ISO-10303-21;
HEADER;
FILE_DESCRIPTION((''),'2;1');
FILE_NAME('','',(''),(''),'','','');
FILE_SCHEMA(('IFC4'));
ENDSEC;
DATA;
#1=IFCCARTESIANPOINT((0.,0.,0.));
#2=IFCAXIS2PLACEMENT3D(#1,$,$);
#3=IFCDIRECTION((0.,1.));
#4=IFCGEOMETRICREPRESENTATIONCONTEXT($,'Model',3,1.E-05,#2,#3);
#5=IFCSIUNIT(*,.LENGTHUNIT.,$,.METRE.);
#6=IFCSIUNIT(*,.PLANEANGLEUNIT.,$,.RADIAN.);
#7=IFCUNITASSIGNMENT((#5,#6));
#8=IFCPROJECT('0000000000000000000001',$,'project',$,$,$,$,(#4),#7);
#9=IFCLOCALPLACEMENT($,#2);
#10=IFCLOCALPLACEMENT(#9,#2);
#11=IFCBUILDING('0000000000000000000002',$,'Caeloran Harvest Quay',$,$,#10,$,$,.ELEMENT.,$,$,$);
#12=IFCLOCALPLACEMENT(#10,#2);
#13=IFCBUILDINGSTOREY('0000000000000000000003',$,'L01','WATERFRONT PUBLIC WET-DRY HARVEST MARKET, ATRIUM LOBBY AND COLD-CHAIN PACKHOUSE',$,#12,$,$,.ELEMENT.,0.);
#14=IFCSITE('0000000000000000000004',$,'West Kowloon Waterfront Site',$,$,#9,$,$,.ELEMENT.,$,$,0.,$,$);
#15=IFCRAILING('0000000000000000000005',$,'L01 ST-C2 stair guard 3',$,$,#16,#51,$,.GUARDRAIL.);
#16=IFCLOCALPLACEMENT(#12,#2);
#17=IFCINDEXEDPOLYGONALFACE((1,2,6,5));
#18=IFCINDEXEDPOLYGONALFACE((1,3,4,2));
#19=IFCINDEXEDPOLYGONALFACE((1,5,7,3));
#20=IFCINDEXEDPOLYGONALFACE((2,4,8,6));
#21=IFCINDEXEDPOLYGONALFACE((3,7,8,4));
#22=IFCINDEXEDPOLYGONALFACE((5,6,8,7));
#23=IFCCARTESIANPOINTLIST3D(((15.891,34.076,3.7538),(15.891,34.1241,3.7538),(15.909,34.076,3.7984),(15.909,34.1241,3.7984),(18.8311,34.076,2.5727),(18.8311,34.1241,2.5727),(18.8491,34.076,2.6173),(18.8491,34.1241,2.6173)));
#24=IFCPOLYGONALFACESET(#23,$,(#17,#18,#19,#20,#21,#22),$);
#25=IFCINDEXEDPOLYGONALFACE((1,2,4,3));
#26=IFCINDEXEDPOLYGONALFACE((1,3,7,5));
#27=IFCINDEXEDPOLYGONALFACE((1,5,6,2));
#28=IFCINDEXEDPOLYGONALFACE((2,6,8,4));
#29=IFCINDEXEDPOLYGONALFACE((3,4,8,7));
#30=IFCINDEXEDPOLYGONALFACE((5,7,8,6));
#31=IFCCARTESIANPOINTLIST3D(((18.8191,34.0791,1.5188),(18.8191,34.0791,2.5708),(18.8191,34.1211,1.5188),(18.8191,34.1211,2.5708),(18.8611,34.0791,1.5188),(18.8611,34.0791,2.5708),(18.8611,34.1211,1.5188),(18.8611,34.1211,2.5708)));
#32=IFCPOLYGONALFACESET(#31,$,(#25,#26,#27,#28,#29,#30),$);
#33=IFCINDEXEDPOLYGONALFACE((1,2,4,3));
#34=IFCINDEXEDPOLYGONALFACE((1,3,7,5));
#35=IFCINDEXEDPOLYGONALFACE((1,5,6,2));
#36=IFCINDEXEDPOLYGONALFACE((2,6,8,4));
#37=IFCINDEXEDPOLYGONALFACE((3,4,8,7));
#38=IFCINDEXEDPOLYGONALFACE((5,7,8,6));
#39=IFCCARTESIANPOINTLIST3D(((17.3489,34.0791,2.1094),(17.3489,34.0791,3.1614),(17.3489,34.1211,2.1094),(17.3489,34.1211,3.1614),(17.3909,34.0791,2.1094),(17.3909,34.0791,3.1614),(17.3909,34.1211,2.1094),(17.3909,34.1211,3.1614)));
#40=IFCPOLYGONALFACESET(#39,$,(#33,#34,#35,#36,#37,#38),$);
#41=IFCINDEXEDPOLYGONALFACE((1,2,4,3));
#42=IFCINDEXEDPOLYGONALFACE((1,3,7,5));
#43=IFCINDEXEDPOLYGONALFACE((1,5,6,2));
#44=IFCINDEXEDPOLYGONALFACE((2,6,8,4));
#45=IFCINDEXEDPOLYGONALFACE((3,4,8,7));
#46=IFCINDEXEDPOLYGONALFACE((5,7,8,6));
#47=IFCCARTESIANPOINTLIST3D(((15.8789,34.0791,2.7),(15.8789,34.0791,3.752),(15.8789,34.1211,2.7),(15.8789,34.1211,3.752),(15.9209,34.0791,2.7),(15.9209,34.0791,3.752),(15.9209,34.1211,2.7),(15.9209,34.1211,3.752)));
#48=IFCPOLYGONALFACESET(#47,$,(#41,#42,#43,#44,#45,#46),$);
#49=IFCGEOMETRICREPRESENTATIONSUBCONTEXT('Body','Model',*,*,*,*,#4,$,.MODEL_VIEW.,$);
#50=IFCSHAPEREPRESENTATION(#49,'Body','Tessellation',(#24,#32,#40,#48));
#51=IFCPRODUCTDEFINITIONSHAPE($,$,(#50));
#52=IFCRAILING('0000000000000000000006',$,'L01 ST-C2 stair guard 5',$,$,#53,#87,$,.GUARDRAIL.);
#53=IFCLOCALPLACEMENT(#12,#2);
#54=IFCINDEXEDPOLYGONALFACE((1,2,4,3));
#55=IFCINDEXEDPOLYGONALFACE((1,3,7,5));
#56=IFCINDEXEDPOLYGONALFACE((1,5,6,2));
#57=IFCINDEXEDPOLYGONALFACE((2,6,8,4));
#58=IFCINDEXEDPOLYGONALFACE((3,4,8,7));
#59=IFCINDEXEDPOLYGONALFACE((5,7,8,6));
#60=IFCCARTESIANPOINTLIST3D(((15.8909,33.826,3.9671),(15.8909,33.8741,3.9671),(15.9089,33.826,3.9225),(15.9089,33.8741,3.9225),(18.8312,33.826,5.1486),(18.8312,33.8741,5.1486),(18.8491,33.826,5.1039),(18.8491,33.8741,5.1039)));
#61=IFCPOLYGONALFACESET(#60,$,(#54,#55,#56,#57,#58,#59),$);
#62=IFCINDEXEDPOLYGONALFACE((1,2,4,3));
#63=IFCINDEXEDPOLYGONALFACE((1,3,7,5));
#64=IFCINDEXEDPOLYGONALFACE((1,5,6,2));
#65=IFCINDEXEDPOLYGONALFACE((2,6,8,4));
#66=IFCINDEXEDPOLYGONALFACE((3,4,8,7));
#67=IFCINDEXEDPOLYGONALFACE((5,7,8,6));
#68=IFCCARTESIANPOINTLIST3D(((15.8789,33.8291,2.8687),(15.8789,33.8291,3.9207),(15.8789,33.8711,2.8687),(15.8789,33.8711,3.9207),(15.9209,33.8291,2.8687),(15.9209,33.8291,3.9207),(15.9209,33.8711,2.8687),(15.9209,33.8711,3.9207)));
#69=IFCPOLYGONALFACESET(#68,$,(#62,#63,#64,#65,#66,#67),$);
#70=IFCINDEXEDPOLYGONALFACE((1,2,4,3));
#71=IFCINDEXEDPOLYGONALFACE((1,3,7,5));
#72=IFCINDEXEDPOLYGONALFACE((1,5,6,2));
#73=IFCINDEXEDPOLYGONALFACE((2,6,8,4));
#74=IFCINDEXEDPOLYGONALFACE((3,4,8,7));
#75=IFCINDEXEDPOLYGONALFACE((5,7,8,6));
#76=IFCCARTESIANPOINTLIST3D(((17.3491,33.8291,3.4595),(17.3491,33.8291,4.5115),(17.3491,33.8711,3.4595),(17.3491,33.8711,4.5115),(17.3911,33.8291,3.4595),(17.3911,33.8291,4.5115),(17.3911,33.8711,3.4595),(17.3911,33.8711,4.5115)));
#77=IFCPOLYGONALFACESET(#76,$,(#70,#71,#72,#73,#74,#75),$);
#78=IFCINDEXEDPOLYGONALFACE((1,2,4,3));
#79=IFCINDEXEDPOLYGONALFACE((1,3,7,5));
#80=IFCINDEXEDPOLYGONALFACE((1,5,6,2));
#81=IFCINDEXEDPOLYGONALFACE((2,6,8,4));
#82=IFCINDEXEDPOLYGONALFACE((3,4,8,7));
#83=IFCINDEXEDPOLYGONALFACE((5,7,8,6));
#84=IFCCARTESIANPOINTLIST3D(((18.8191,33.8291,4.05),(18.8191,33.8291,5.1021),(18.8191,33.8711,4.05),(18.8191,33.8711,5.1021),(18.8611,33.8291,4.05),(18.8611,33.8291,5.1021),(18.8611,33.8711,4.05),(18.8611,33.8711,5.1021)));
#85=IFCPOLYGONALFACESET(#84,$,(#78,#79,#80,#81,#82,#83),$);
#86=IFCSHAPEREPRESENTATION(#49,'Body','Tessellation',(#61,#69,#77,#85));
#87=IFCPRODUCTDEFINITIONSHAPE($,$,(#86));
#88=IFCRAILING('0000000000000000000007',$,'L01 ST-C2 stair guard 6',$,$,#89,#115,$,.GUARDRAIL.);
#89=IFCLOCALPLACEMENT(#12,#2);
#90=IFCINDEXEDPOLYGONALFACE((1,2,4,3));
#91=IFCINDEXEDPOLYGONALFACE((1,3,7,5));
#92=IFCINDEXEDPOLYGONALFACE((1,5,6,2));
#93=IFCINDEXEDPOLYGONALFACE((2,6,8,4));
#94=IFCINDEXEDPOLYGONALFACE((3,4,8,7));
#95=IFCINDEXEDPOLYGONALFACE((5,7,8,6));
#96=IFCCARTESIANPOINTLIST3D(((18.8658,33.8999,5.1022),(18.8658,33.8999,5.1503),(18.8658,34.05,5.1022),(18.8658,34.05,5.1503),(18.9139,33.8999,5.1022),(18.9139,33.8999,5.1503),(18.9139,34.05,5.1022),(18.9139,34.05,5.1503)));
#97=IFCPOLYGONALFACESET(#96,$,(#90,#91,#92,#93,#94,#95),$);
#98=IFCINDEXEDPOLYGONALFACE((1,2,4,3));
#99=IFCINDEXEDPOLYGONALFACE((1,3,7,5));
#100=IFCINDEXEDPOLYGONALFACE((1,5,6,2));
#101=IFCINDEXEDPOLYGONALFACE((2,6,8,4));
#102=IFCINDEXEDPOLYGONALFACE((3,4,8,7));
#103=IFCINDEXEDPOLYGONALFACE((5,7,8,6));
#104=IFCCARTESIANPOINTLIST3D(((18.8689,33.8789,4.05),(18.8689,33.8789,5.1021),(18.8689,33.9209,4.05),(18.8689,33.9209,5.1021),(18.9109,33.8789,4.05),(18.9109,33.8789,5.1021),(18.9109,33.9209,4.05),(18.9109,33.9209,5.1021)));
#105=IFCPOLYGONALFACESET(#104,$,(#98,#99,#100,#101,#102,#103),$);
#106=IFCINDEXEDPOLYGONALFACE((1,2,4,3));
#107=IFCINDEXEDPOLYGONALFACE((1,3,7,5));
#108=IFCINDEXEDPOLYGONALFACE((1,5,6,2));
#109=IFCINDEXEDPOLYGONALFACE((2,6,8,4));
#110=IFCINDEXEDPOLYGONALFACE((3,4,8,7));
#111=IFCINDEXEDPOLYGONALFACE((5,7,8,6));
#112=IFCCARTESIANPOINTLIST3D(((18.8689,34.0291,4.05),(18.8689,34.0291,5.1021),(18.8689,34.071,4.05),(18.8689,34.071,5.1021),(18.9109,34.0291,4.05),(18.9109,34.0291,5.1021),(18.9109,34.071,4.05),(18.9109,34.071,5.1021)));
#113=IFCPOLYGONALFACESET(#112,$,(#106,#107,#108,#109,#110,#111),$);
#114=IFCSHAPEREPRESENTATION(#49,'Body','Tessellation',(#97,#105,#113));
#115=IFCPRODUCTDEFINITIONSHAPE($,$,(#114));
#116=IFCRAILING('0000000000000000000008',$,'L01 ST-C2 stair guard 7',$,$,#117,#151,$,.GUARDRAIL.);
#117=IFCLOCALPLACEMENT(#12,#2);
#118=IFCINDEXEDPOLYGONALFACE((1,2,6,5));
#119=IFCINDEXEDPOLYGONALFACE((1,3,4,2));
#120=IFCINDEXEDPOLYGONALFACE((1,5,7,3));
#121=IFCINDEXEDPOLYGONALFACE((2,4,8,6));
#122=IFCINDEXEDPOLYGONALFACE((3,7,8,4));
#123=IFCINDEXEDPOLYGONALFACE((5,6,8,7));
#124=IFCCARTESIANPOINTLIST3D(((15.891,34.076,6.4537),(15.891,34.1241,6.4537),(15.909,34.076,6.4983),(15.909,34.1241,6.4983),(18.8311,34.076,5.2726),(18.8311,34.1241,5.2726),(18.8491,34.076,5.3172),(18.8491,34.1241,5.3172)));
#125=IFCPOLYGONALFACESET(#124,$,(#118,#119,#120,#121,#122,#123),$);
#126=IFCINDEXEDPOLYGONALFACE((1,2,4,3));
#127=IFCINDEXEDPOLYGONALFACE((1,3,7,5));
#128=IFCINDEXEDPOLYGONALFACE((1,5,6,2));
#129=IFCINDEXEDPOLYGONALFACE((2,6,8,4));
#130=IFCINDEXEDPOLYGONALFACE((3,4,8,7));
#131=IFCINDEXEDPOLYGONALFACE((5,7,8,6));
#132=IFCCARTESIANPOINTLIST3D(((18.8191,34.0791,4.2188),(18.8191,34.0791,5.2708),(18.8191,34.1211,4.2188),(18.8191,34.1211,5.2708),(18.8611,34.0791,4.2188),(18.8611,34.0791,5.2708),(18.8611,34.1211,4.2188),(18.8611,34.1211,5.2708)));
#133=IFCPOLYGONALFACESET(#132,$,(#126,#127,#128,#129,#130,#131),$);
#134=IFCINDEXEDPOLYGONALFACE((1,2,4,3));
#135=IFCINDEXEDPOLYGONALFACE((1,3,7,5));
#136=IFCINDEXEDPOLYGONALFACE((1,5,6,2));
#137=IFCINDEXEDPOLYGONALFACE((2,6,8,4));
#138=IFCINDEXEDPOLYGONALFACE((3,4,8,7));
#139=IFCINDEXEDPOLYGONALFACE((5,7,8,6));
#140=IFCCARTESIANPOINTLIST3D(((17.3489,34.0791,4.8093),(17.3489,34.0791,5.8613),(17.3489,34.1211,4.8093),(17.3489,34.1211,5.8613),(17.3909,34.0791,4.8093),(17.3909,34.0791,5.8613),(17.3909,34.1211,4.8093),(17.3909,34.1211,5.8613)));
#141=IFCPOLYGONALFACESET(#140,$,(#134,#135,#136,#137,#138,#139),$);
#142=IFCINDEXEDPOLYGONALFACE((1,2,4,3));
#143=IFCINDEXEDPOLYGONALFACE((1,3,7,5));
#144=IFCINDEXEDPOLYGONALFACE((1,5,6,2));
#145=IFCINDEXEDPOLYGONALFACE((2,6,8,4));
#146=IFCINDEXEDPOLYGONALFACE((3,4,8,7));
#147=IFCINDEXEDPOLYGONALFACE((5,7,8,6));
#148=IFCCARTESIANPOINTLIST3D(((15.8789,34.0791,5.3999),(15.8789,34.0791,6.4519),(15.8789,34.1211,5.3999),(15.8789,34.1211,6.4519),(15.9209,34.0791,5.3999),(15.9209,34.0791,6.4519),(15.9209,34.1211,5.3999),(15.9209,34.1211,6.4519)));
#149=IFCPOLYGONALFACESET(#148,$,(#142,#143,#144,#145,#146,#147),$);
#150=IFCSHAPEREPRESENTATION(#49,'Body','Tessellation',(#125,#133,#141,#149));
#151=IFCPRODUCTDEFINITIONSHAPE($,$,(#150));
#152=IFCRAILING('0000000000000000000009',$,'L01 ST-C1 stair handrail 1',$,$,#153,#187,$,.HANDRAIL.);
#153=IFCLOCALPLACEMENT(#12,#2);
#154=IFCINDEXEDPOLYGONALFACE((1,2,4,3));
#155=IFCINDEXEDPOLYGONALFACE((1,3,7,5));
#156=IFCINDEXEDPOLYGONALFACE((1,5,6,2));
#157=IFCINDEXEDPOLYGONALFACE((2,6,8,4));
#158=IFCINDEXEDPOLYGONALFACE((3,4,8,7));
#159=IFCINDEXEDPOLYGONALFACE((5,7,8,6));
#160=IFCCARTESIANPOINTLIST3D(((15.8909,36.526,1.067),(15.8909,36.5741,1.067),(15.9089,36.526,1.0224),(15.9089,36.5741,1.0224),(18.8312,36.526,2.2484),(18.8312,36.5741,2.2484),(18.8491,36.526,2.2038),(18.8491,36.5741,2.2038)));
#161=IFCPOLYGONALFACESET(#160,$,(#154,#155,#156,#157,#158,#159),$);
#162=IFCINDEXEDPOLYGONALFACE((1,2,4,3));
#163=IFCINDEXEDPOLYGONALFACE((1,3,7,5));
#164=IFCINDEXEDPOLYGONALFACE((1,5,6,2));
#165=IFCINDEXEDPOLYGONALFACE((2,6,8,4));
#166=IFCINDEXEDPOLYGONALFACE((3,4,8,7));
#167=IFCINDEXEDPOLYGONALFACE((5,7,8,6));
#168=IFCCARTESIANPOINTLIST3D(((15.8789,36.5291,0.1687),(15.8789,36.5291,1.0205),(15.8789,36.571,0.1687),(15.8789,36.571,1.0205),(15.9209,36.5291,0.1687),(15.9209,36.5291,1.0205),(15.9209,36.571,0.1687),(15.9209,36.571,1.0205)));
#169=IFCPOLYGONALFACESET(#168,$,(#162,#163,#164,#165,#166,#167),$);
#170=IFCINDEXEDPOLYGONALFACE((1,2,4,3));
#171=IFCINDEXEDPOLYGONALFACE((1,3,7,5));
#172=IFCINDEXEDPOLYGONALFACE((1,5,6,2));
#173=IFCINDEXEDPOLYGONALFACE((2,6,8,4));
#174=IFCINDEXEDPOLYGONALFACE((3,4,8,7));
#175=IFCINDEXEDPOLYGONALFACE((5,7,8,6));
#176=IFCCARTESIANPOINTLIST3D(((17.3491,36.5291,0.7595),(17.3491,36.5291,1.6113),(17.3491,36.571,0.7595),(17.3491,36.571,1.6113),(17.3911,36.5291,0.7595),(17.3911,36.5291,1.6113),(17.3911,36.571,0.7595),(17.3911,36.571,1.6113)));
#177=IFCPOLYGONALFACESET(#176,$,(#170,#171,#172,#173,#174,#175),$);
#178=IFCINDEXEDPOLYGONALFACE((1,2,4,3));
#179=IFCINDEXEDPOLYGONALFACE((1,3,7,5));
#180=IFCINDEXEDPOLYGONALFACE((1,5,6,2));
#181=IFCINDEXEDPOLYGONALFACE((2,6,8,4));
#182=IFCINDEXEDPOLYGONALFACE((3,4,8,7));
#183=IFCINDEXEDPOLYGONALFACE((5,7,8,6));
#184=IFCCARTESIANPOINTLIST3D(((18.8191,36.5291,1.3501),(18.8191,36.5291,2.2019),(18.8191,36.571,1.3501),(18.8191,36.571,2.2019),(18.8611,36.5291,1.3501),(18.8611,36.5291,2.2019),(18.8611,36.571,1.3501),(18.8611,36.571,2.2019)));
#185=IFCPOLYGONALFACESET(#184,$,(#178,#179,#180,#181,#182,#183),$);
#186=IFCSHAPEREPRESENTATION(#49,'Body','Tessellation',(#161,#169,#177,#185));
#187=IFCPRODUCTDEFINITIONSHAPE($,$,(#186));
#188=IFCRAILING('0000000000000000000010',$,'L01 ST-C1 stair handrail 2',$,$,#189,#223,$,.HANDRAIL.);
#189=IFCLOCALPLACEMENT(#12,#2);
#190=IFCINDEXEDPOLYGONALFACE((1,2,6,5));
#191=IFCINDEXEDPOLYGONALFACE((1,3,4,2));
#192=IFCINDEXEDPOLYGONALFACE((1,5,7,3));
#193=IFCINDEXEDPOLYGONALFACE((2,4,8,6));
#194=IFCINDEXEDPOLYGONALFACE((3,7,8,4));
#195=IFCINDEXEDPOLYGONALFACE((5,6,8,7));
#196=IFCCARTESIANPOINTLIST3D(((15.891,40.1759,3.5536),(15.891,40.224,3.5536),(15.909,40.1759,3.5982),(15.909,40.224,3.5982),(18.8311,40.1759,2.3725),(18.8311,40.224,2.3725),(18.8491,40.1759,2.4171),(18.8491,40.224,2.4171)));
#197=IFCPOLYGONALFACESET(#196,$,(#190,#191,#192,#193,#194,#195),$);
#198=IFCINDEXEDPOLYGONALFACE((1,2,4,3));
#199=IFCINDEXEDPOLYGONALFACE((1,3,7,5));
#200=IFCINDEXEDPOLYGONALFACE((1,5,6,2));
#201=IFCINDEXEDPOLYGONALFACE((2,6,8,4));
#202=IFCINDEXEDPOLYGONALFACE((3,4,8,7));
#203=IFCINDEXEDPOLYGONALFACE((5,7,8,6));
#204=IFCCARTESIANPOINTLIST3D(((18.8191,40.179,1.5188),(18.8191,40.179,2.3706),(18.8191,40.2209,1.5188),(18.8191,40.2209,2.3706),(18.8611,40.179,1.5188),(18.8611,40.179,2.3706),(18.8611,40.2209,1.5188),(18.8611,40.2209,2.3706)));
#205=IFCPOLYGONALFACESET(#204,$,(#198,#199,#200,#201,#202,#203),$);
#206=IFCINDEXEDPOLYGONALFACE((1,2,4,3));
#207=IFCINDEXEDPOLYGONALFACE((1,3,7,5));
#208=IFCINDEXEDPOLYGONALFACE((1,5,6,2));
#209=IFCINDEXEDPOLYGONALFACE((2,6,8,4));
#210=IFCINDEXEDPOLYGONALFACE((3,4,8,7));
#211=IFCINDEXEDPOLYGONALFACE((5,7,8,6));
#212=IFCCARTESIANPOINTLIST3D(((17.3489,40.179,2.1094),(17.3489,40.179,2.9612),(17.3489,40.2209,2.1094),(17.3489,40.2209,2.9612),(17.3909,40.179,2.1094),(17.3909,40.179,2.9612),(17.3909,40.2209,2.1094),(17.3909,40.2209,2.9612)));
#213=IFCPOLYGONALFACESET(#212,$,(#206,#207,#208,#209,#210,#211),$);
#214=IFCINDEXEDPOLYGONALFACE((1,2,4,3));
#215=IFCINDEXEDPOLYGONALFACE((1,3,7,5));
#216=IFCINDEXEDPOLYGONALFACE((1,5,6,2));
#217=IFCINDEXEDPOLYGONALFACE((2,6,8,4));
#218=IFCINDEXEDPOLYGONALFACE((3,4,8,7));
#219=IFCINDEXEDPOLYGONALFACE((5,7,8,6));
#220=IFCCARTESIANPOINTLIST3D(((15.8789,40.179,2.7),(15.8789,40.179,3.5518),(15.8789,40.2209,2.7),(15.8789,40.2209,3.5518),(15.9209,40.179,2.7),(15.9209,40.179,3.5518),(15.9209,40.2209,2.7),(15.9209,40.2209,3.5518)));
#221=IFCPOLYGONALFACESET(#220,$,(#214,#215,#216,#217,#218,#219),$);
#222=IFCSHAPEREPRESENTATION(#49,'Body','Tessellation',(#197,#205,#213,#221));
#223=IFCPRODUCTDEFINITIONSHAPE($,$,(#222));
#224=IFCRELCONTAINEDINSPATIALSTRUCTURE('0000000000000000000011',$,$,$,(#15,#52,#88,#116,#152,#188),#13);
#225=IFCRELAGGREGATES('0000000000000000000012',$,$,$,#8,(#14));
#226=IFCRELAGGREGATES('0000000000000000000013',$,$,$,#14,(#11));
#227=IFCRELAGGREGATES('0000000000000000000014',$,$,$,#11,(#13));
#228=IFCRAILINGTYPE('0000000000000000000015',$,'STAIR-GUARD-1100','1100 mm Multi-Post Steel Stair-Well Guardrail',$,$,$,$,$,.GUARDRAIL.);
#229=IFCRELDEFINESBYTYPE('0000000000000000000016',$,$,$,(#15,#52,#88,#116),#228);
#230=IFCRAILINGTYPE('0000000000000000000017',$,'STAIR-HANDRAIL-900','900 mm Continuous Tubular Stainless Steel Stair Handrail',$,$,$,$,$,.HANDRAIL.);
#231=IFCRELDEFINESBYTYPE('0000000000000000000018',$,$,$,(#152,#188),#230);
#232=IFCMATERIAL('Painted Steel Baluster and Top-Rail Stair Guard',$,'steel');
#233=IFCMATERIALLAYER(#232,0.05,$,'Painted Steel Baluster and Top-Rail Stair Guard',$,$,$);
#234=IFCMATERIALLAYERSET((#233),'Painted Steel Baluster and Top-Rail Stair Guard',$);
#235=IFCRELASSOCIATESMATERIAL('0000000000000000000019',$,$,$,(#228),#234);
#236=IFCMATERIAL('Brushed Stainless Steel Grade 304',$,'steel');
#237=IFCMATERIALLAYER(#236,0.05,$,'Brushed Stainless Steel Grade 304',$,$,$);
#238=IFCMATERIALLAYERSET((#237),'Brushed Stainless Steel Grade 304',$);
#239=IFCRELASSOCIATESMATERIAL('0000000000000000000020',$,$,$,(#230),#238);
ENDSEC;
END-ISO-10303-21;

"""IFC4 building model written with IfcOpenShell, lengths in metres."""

from ifc_helpers import new_model, si_unit, direction, frame, origin, origin_2d, place, context, subcontext, project, spatial, rectangle, extrude, material, layer, layer_set, type_object, element, save


model = new_model("IFC4")

# Units and contexts
model_context = context("Model", 3, precision=1e-05, world=origin(), true_north=direction((0.0, 1.0)))
body_context = subcontext(model_context, "Body", "Model", "MODEL_VIEW")
ifc_project = project(units=[si_unit("LENGTHUNIT", "METRE"), si_unit("PLANEANGLEUNIT", "RADIAN")], contexts=[model_context])

# Site, building, storey
site_placement = place(None, origin())
site = spatial("IfcSite", under=ifc_project, at=site_placement, Name="West Kowloon Waterfront Site", CompositionType="ELEMENT", RefElevation=0.0)
building_placement = place(site_placement, origin())
building = spatial("IfcBuilding", under=site, at=building_placement, Name="Caeloran Harvest Quay", CompositionType="ELEMENT")
storey_placement = place(building_placement, origin())
storey = spatial("IfcBuildingStorey", under=building, at=storey_placement, Name="L01", Description="WATERFRONT PUBLIC WET-DRY HARVEST MARKET, ATRIUM LOBBY AND COLD-CHAIN PACKHOUSE", CompositionType="ELEMENT", Elevation=0.0)

# Railings
ifc_material_1 = material(Name="Painted Steel Baluster and Top-Rail Stair Guard", Category="steel")
ifc_layer_1 = layer(ifc_material_1, 0.05, Name="Painted Steel Baluster and Top-Rail Stair Guard")
ifc_layer_set_1 = layer_set([ifc_layer_1], Name="Painted Steel Baluster and Top-Rail Stair Guard")
railing_type_1 = type_object("IfcRailingType", Name="STAIR-GUARD-1100", Description="1100 mm Multi-Post Steel Stair-Well Guardrail", PredefinedType="GUARDRAIL", material=ifc_layer_set_1)
railing_1_placement = place(storey_placement, frame((18.8401, 34.1001, 1.5188)))
element("IfcRailing", 1, at=railing_1_placement, inside=storey, type_object=railing_type_1, Name="L01 ST-C2 stair guard 3", PredefinedType="GUARDRAIL", context=body_context, shape_type="SweptSolid", body=[
    extrude(rectangle(XDim=0.0481, YDim=0.0481, at=origin_2d()), frame((0.0, 0.0, 1.0762), z_axis=(-0.927923, 0.0, 0.372772), x_axis=(0.0, -1.0, 0.0)), (0.0, 0.0, 1.0), 3.1685),
    extrude(rectangle(XDim=0.042, YDim=0.042, at=origin_2d()), origin(), (0.0, 0.0, 1.0), 1.052),
    extrude(rectangle(XDim=0.042, YDim=0.042, at=origin_2d()), frame((-1.4702, 0.0, 0.5906)), (0.0, 0.0, 1.0), 1.052),
    extrude(rectangle(XDim=0.042, YDim=0.042, at=origin_2d()), frame((-2.9402, 0.0, 1.1812)), (0.0, 0.0, 1.0), 1.052),
])
railing_2_placement = place(storey_placement, frame((15.8999, 33.8501, 2.8687)))
element("IfcRailing", 2, at=railing_2_placement, inside=storey, type_object=railing_type_1, Name="L01 ST-C2 stair guard 5", PredefinedType="GUARDRAIL", context=body_context, shape_type="SweptSolid", body=[
    extrude(rectangle(XDim=0.0481, YDim=0.0481, at=origin_2d()), frame((0.0, 0.0, 1.0762), z_axis=(0.927896, 0.0, 0.372838), x_axis=(0.0, 1.0, 0.0)), (0.0, 0.0, 1.0), 3.1687),
    extrude(rectangle(XDim=0.042, YDim=0.042, at=origin_2d()), origin(), (0.0, 0.0, 1.0), 1.052),
    extrude(rectangle(XDim=0.042, YDim=0.042, at=origin_2d()), frame((1.4702, 0.0, 0.5908)), (0.0, 0.0, 1.0), 1.052),
    extrude(rectangle(XDim=0.042, YDim=0.042, at=origin_2d()), frame((2.9402, 0.0, 1.1814)), (0.0, 0.0, 1.0), 1.052),
])
railing_3_placement = place(storey_placement, frame((18.8899, 33.8999, 4.05)))
element("IfcRailing", 3, at=railing_3_placement, inside=storey, type_object=railing_type_1, Name="L01 ST-C2 stair guard 6", PredefinedType="GUARDRAIL", context=body_context, shape_type="SweptSolid", body=[
    extrude(rectangle(XDim=0.0481, YDim=0.0481, at=origin_2d()), frame((0.0, 0.0, 1.0762), z_axis=(0.0, 1.0, 0.0), x_axis=(-1.0, 0.0, 0.0)), (0.0, 0.0, 1.0), 0.1501),
    extrude(rectangle(XDim=0.042, YDim=0.042, at=origin_2d()), origin(), (0.0, 0.0, 1.0), 1.052),
    extrude(rectangle(XDim=0.042, YDim=0.042, at=origin_2d()), frame((0.0, 0.1501, 0.0)), (0.0, 0.0, 1.0), 1.052),
])
railing_4_placement = place(storey_placement, frame((18.8401, 34.1001, 4.2188)))
element("IfcRailing", 4, at=railing_4_placement, inside=storey, type_object=railing_type_1, Name="L01 ST-C2 stair guard 7", PredefinedType="GUARDRAIL", context=body_context, shape_type="SweptSolid", body=[
    extrude(rectangle(XDim=0.0481, YDim=0.0481, at=origin_2d()), frame((0.0, 0.0, 1.0762), z_axis=(-0.927923, 0.0, 0.372772), x_axis=(0.0, -1.0, 0.0)), (0.0, 0.0, 1.0), 3.1685),
    extrude(rectangle(XDim=0.042, YDim=0.042, at=origin_2d()), origin(), (0.0, 0.0, 1.0), 1.052),
    extrude(rectangle(XDim=0.042, YDim=0.042, at=origin_2d()), frame((-1.4702, 0.0, 0.5906)), (0.0, 0.0, 1.0), 1.052),
    extrude(rectangle(XDim=0.042, YDim=0.042, at=origin_2d()), frame((-2.9402, 0.0, 1.1812)), (0.0, 0.0, 1.0), 1.052),
])
ifc_material_2 = material(Name="Brushed Stainless Steel Grade 304", Category="steel")
ifc_layer_2 = layer(ifc_material_2, 0.05, Name="Brushed Stainless Steel Grade 304")
ifc_layer_set_2 = layer_set([ifc_layer_2], Name="Brushed Stainless Steel Grade 304")
railing_type_2 = type_object("IfcRailingType", Name="STAIR-HANDRAIL-900", Description="900 mm Continuous Tubular Stainless Steel Stair Handrail", PredefinedType="HANDRAIL", material=ifc_layer_set_2)
railing_5_placement = place(storey_placement, frame((15.8999, 36.55, 0.1687)))
element("IfcRailing", 5, at=railing_5_placement, inside=storey, type_object=railing_type_2, Name="L01 ST-C1 stair handrail 1", PredefinedType="HANDRAIL", context=body_context, shape_type="SweptSolid", body=[
    extrude(rectangle(XDim=0.0481, YDim=0.0481, at=origin_2d()), frame((0.0, 0.0, 0.876), z_axis=(0.927896, 0.0, 0.372838), x_axis=(0.0, 1.0, 0.0)), (0.0, 0.0, 1.0), 3.1687),
    extrude(rectangle(XDim=0.042, YDim=0.042, at=origin_2d()), origin(), (0.0, 0.0, 1.0), 0.8518),
    extrude(rectangle(XDim=0.042, YDim=0.042, at=origin_2d()), frame((1.4702, 0.0, 0.5908)), (0.0, 0.0, 1.0), 0.8518),
    extrude(rectangle(XDim=0.042, YDim=0.042, at=origin_2d()), frame((2.9402, 0.0, 1.1814)), (0.0, 0.0, 1.0), 0.8518),
])
railing_6_placement = place(storey_placement, frame((18.8401, 40.2, 1.5188)))
element("IfcRailing", 6, at=railing_6_placement, inside=storey, type_object=railing_type_2, Name="L01 ST-C1 stair handrail 2", PredefinedType="HANDRAIL", context=body_context, shape_type="SweptSolid", body=[
    extrude(rectangle(XDim=0.0481, YDim=0.0481, at=origin_2d()), frame((0.0, 0.0, 0.876), z_axis=(-0.927923, 0.0, 0.372772), x_axis=(0.0, -1.0, 0.0)), (0.0, 0.0, 1.0), 3.1685),
    extrude(rectangle(XDim=0.042, YDim=0.042, at=origin_2d()), origin(), (0.0, 0.0, 1.0), 0.8518),
    extrude(rectangle(XDim=0.042, YDim=0.042, at=origin_2d()), frame((-1.4702, 0.0, 0.5906)), (0.0, 0.0, 1.0), 0.8518),
    extrude(rectangle(XDim=0.042, YDim=0.042, at=origin_2d()), frame((-2.9402, 0.0, 1.1812)), (0.0, 0.0, 1.0), 0.8518),
])

save(model, "model.ifc")
